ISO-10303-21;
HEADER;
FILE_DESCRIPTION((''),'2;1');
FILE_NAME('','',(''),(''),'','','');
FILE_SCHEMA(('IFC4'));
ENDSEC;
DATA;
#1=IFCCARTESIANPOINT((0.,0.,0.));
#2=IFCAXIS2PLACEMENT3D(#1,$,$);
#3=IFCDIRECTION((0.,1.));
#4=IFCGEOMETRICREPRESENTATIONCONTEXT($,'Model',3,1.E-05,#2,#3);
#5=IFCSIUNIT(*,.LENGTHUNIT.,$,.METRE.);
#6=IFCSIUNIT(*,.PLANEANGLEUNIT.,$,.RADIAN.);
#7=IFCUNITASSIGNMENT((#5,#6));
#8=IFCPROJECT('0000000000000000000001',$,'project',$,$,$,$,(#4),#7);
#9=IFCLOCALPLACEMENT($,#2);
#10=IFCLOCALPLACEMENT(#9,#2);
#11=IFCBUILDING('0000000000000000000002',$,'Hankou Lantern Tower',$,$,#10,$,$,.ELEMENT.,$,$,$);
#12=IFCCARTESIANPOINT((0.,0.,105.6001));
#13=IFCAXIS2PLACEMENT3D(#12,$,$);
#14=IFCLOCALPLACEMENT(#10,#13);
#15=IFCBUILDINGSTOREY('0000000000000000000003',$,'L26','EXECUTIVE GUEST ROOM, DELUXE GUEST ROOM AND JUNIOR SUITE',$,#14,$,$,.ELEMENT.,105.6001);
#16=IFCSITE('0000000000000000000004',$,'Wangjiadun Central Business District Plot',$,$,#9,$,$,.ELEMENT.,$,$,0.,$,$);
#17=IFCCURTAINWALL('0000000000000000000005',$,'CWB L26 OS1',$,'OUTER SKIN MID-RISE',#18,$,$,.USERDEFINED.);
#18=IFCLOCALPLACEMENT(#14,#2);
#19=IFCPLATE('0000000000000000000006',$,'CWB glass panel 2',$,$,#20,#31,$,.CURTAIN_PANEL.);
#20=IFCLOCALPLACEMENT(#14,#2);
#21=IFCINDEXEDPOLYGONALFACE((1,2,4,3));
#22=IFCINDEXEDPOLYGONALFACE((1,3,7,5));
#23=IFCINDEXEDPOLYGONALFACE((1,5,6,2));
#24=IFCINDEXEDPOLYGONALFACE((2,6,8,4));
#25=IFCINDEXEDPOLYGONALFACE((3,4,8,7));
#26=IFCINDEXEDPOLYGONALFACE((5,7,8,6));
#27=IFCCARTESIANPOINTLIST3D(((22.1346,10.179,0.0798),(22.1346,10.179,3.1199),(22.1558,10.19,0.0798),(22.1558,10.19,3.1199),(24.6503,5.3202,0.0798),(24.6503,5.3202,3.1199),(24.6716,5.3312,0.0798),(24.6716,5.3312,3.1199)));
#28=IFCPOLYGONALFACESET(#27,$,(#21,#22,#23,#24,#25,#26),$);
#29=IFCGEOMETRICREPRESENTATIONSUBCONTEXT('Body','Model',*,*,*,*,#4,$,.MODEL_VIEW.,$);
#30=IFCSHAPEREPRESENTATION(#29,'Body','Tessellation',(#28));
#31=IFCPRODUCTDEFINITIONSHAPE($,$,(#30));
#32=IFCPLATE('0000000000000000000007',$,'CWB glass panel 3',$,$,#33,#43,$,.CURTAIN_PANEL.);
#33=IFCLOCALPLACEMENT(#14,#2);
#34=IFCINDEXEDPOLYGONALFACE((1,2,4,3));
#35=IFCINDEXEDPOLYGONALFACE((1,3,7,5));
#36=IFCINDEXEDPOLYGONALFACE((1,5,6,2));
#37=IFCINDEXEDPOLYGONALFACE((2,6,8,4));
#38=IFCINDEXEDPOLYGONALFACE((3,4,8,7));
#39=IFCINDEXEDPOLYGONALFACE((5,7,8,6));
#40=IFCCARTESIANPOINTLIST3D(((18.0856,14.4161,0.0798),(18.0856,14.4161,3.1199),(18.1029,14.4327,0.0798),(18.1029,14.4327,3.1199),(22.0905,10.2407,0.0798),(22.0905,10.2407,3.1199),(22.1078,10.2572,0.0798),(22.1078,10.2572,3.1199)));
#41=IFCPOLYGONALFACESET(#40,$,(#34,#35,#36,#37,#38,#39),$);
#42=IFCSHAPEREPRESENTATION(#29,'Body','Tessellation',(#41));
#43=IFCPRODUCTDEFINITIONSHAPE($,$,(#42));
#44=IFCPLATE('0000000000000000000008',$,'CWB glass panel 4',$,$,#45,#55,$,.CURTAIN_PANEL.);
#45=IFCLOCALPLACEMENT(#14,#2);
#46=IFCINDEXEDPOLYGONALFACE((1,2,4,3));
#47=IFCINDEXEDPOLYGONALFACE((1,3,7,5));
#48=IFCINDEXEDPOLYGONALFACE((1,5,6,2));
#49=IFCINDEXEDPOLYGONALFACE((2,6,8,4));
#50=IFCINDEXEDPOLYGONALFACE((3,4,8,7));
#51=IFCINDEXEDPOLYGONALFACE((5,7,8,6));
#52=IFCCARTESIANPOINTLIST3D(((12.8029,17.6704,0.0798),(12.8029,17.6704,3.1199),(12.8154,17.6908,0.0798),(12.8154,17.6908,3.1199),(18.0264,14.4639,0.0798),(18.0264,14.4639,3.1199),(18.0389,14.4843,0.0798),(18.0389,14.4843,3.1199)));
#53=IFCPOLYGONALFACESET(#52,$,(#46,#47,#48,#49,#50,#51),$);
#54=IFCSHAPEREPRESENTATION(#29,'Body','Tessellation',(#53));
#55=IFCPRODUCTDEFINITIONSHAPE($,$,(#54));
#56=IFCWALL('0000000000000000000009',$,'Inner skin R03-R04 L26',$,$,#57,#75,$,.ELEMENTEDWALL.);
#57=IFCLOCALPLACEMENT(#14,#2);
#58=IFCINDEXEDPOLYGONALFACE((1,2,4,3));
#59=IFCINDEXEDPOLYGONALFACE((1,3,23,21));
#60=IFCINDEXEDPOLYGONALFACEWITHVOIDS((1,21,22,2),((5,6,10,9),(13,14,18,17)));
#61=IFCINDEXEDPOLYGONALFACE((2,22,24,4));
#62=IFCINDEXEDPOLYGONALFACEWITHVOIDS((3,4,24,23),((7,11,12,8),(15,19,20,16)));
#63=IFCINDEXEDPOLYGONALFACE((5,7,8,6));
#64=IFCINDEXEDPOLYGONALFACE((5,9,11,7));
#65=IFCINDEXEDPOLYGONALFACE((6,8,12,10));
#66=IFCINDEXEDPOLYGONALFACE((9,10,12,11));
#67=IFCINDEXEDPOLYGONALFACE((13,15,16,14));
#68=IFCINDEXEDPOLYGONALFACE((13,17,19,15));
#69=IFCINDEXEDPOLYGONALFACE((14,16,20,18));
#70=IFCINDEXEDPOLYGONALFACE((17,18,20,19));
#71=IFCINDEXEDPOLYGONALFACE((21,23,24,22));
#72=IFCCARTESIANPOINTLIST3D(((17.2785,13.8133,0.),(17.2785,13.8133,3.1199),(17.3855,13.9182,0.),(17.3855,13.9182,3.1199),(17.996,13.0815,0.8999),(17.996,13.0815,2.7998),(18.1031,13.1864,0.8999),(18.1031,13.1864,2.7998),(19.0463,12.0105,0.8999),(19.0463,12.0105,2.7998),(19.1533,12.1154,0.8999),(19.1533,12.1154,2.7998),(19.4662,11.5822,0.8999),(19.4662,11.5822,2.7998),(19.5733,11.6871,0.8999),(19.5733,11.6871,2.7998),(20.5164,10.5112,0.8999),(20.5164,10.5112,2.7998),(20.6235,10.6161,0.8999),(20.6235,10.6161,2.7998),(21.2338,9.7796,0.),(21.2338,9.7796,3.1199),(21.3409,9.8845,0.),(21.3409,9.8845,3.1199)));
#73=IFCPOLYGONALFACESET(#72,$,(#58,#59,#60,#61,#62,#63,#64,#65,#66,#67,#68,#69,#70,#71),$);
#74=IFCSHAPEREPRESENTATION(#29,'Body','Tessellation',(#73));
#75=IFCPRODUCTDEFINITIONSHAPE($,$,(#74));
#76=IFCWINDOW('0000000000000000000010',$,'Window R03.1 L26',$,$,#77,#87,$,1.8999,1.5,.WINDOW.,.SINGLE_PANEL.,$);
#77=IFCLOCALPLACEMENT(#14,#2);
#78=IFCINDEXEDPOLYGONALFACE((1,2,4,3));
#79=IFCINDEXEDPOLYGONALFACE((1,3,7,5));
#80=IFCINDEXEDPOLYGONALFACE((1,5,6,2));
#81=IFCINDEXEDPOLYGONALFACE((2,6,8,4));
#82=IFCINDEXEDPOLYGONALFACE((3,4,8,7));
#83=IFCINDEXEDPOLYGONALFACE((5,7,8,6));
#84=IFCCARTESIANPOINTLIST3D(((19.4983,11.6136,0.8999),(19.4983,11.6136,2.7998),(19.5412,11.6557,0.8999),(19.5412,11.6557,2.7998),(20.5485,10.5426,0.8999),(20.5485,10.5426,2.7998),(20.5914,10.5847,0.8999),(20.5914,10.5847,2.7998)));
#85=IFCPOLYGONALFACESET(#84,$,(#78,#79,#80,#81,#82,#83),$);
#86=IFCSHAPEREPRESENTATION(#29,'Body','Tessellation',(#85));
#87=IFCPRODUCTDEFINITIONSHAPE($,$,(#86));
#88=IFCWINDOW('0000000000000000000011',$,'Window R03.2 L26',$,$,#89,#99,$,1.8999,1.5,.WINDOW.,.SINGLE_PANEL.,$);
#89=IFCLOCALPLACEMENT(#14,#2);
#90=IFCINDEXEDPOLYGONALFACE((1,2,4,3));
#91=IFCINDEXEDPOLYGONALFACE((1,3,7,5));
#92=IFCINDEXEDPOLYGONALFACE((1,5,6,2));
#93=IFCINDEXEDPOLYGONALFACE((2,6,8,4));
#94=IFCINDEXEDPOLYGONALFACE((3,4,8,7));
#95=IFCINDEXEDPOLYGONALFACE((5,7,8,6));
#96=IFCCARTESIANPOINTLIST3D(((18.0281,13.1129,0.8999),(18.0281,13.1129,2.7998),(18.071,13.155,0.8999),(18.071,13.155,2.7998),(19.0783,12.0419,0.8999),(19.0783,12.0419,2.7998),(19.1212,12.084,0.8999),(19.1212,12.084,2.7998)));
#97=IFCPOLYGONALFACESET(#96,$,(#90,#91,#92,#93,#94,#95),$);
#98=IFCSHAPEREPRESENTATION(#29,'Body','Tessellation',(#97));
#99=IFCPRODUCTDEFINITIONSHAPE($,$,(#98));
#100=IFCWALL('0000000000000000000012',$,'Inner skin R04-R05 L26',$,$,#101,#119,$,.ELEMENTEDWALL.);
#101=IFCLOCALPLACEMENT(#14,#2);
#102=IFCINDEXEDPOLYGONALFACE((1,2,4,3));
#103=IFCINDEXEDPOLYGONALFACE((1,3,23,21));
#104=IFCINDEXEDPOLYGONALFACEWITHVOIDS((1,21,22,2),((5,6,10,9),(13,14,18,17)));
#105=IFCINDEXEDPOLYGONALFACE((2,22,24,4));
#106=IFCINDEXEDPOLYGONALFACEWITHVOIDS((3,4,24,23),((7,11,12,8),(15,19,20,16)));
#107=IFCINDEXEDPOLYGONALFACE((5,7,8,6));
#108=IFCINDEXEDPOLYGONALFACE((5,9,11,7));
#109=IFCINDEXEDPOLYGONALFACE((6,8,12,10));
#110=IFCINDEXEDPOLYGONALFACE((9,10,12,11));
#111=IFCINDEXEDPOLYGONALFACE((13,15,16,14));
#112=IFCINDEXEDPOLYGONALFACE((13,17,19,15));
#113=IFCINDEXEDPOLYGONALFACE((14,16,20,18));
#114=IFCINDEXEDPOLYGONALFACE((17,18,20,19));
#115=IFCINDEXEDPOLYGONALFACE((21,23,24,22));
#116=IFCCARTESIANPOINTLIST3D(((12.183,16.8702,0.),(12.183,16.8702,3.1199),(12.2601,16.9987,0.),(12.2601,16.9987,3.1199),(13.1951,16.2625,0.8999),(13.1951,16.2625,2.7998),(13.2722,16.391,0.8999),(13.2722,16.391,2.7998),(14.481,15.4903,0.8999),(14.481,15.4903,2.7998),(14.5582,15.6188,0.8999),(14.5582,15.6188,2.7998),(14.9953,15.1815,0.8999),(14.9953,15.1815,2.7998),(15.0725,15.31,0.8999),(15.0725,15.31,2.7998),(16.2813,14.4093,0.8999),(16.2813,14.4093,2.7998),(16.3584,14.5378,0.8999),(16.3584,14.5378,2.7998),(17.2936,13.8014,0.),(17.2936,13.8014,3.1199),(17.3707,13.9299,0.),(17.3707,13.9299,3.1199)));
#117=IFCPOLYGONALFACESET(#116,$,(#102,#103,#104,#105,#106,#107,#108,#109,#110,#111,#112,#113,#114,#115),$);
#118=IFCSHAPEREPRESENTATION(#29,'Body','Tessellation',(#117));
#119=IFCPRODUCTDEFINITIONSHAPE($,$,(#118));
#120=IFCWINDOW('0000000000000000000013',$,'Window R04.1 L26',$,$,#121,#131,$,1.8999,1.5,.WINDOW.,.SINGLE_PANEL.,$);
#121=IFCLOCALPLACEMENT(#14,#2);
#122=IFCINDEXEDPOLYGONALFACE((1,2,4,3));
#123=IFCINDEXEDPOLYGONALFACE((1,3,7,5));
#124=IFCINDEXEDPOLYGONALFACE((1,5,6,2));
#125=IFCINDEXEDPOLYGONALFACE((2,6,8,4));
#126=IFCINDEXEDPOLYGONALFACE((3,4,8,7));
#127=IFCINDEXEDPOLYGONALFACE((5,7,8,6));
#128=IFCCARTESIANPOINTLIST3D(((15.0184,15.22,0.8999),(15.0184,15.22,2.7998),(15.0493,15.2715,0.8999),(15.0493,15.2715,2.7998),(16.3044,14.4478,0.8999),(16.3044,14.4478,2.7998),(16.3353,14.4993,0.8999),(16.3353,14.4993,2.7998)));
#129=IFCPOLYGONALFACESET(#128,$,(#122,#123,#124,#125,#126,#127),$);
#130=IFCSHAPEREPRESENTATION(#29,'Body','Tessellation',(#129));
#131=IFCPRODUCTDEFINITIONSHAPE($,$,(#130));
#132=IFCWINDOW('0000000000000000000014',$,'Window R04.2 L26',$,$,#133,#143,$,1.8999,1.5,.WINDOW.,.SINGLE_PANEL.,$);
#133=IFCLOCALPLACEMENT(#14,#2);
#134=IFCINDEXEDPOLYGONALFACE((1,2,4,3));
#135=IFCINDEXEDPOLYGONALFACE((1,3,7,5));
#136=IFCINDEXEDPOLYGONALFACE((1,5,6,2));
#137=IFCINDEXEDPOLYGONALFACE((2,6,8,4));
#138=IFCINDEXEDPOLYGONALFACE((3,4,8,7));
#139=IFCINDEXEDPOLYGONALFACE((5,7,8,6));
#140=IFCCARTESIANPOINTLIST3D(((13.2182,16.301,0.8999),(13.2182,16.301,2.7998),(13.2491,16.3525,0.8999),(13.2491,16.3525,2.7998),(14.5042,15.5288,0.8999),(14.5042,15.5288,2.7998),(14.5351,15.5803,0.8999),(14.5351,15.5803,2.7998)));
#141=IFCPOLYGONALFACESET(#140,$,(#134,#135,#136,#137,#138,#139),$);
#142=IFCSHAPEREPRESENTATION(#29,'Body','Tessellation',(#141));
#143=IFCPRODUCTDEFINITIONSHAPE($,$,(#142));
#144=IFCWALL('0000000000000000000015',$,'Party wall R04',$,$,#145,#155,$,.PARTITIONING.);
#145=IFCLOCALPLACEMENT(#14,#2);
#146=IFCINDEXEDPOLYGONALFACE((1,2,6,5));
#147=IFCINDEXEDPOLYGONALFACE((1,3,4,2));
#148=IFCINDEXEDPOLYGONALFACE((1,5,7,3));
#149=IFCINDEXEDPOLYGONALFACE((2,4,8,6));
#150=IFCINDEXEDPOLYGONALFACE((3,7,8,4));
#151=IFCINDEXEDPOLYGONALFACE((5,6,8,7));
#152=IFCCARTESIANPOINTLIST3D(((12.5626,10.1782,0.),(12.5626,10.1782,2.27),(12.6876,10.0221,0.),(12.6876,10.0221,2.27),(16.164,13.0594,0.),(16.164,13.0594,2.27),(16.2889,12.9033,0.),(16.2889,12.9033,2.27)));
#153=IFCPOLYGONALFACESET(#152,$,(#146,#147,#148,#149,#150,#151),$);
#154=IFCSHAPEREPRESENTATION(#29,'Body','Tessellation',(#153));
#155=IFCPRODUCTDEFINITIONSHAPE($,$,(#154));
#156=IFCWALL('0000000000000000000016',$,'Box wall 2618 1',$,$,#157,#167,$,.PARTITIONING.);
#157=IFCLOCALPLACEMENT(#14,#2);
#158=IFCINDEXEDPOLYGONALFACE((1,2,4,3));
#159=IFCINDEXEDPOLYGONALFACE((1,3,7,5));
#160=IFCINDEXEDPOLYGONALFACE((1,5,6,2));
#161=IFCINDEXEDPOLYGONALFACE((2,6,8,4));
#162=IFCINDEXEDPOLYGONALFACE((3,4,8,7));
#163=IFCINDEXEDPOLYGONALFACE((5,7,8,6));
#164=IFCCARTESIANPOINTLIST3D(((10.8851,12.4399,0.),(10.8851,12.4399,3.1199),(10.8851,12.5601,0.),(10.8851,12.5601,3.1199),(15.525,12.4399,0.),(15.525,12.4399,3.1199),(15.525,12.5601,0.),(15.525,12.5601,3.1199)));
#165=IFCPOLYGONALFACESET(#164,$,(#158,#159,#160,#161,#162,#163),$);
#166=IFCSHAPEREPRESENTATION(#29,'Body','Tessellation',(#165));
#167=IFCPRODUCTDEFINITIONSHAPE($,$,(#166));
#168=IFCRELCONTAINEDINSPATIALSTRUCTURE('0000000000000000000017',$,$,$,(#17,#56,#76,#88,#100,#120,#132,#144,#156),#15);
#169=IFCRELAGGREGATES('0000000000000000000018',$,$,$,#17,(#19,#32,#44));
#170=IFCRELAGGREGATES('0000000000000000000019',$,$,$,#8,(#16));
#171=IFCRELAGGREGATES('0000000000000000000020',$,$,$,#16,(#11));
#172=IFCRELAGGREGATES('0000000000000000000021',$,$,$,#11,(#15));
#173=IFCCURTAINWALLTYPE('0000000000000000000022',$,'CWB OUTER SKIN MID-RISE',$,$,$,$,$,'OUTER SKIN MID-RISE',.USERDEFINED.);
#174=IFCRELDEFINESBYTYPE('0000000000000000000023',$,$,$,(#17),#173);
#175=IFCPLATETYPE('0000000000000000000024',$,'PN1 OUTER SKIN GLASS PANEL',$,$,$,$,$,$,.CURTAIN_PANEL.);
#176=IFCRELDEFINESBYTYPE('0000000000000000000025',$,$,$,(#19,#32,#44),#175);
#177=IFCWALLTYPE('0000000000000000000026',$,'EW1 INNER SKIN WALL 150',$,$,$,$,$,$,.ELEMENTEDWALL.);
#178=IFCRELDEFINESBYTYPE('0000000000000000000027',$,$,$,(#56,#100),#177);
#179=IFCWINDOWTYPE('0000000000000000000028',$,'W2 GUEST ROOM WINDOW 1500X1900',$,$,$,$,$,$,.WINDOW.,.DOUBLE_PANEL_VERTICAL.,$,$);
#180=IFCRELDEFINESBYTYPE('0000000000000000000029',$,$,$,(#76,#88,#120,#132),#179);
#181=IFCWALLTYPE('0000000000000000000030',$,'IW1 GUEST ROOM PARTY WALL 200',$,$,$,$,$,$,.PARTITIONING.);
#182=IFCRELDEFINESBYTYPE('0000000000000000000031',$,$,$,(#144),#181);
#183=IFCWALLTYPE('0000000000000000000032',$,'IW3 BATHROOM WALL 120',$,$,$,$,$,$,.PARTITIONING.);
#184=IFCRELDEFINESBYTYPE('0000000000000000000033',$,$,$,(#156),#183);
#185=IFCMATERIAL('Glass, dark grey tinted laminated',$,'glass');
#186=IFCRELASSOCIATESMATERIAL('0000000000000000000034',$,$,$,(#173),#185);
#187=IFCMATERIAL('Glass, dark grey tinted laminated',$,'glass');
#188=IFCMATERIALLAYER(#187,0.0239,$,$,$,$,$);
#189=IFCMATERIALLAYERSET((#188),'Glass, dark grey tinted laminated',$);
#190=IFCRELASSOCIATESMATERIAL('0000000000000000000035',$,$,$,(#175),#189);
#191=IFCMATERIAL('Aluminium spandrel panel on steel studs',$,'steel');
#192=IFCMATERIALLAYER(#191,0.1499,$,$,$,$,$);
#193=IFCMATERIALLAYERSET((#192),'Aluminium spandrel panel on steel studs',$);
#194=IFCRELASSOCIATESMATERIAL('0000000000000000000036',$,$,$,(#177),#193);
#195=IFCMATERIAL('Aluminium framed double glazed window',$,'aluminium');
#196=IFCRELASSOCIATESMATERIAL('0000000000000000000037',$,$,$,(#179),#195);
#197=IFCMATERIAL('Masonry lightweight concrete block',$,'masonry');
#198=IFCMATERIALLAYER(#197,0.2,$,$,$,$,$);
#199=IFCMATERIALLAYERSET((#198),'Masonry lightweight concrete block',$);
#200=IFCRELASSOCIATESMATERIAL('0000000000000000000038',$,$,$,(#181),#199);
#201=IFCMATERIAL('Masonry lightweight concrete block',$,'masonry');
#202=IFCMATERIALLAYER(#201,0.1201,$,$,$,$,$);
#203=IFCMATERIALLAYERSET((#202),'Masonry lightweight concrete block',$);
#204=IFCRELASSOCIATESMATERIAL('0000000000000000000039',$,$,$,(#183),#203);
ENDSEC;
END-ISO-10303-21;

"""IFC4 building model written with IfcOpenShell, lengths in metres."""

from ifc_helpers import new_model, si_unit, direction, frame, frame_2d, origin, origin_2d, place, context, subcontext, project, spatial, rectangle, extrude, material, layer, layer_set, type_object, element, fill, aggregate, save


model = new_model("IFC4")

# Units and contexts
model_context = context("Model", 3, precision=1e-05, world=origin(), true_north=direction((0.0, 1.0)))
body_context = subcontext(model_context, "Body", "Model", "MODEL_VIEW")
ifc_project = project(units=[si_unit("LENGTHUNIT", "METRE"), si_unit("PLANEANGLEUNIT", "RADIAN")], contexts=[model_context])

# Site, building, storey
site_placement = place(None, origin())
site = spatial("IfcSite", under=ifc_project, at=site_placement, Name="Wangjiadun Central Business District Plot", CompositionType="ELEMENT", RefElevation=0.0)
building_placement = place(site_placement, origin())
building = spatial("IfcBuilding", under=site, at=building_placement, Name="Hankou Lantern Tower", CompositionType="ELEMENT")
storey_placement = place(building_placement, frame((0.0, 0.0, 105.6001)))
storey = spatial("IfcBuildingStorey", under=building, at=storey_placement, Name="L26", Description="EXECUTIVE GUEST ROOM, DELUXE GUEST ROOM AND JUNIOR SUITE", CompositionType="ELEMENT", Elevation=105.6001)

# Curtain wall
ifc_material_1 = material(Name="Glass, dark grey tinted laminated", Category="glass")
curtain_wall_type = type_object("IfcCurtainWallType", Name="CWB OUTER SKIN MID-RISE", ElementType="OUTER SKIN MID-RISE", PredefinedType="USERDEFINED", material=ifc_material_1)
curtain_wall_placement = place(storey_placement, origin())
curtain_wall = element("IfcCurtainWall", 1, at=curtain_wall_placement, inside=storey, type_object=curtain_wall_type, Name="CWB L26 OS1", ObjectType="OUTER SKIN MID-RISE", PredefinedType="USERDEFINED")

# Plates
ifc_material_2 = material(Name="Glass, dark grey tinted laminated", Category="glass")
ifc_layer_1 = layer(ifc_material_2, 0.0239)
ifc_layer_set_1 = layer_set([ifc_layer_1], Name="Glass, dark grey tinted laminated")
plate_type = type_object("IfcPlateType", Name="PN1 OUTER SKIN GLASS PANEL", PredefinedType="CURTAIN_PANEL", material=ifc_layer_set_1)
plate_1_placement = place(storey_placement, frame((23.4031, 7.7551, 0.0798), z_axis=(0.0, 0.0, 1.0), x_axis=(-0.459791, 0.888027, 0.0)))
plate_1 = element("IfcPlate", 2, at=plate_1_placement, type_object=plate_type, Name="CWB glass panel 2", PredefinedType="CURTAIN_PANEL", context=body_context, shape_type="SweptSolid", body=[
    extrude(rectangle(XDim=5.4714, YDim=0.0239, at=origin_2d()), origin(), (0.0, 0.0, 1.0), 3.04),
])
plate_2_placement = place(storey_placement, frame((20.0967, 12.3367, 0.0798), z_axis=(0.0, 0.0, 1.0), x_axis=(-0.692216, 0.721691, 0.0)))
plate_2 = element("IfcPlate", 3, at=plate_2_placement, type_object=plate_type, Name="CWB glass panel 3", PredefinedType="CURTAIN_PANEL", context=body_context, shape_type="SweptSolid", body=[
    extrude(rectangle(XDim=5.7856, YDim=0.0239, at=origin_2d()), origin(), (0.0, 0.0, 1.0), 3.04),
])
plate_3_placement = place(storey_placement, frame((15.4209, 16.0774, 0.0798), z_axis=(0.0, 0.0, 1.0), x_axis=(-0.852237, 0.523156, 0.0)))
plate_3 = element("IfcPlate", 4, at=plate_3_placement, type_object=plate_type, Name="CWB glass panel 4", PredefinedType="CURTAIN_PANEL", context=body_context, shape_type="SweptSolid", body=[
    extrude(rectangle(XDim=6.1292, YDim=0.0239, at=origin_2d()), origin(), (0.0, 0.0, 1.0), 3.04),
])
aggregate(curtain_wall, [plate_1, plate_2, plate_3])

# Walls, openings, windows
ifc_material_3 = material(Name="Aluminium spandrel panel on steel studs", Category="steel")
ifc_layer_2 = layer(ifc_material_3, 0.1499)
ifc_layer_set_2 = layer_set([ifc_layer_2], Name="Aluminium spandrel panel on steel studs")
wall_type_1 = type_object("IfcWallType", Name="EW1 INNER SKIN WALL 150", PredefinedType="ELEMENTEDWALL", material=ifc_layer_set_2)
wall_1_placement = place(storey_placement, frame((21.2874, 9.832, 0.0), z_axis=(0.0, 0.0, 1.0), x_axis=(-0.700137, 0.714009, 0.0)))
wall_1 = element("IfcWall", 5, at=wall_1_placement, inside=storey, type_object=wall_type_1, Name="Inner skin R03-R04 L26", PredefinedType="ELEMENTEDWALL", context=body_context, shape_type="SweptSolid", body=[
    extrude(rectangle(XDim=5.6494, YDim=0.1499, at=frame_2d((2.8247, 0.0))), origin(), (0.0, 0.0, 1.0), 3.1199),
])
opening_1_placement = place(wall_1_placement, frame((1.0247, 0.0, 0.8999)))
opening_1 = element("IfcOpeningElement", 6, at=opening_1_placement, cuts=wall_1, PredefinedType="OPENING", context=body_context, shape_type="SweptSolid", body=[
    extrude(rectangle(XDim=1.5, YDim=1.8999, at=frame_2d((0.75, 0.95))), frame((0.0, 0.085, 0.0), z_axis=(0.0, -1.0, 0.0), x_axis=(1.0, 0.0, 0.0)), (0.0, 0.0, 1.0), 0.1699),
])
opening_2_placement = place(wall_1_placement, frame((3.1245, 0.0, 0.8999)))
opening_2 = element("IfcOpeningElement", 7, at=opening_2_placement, cuts=wall_1, PredefinedType="OPENING", context=body_context, shape_type="SweptSolid", body=[
    extrude(rectangle(XDim=1.5, YDim=1.8999, at=frame_2d((0.75, 0.95))), frame((0.0, 0.085, 0.0), z_axis=(0.0, -1.0, 0.0), x_axis=(1.0, 0.0, 0.0)), (0.0, 0.0, 1.0), 0.1699),
])
ifc_material_4 = material(Name="Aluminium framed double glazed window", Category="aluminium")
window_type = type_object("IfcWindowType", Name="W2 GUEST ROOM WINDOW 1500X1900", PartitioningType="DOUBLE_PANEL_VERTICAL", PredefinedType="WINDOW", material=ifc_material_4)
window_1_placement = place(opening_1_placement, origin())
window_1 = element("IfcWindow", 8, at=window_1_placement, inside=storey, type_object=window_type, Name="Window R03.1 L26", OverallHeight=1.8999, OverallWidth=1.5, PartitioningType="SINGLE_PANEL", PredefinedType="WINDOW", context=body_context, shape_type="SweptSolid", body=[
    extrude(rectangle(XDim=1.5, YDim=1.8999, at=frame_2d((0.75, 0.95))), frame((0.0, 0.03, 0.0), z_axis=(0.0, -1.0, 0.0), x_axis=(1.0, 0.0, 0.0)), (0.0, 0.0, 1.0), 0.0601),
])
fill(opening_1, window_1)
window_2_placement = place(opening_2_placement, origin())
window_2 = element("IfcWindow", 9, at=window_2_placement, inside=storey, type_object=window_type, Name="Window R03.2 L26", OverallHeight=1.8999, OverallWidth=1.5, PartitioningType="SINGLE_PANEL", PredefinedType="WINDOW", context=body_context, shape_type="SweptSolid", body=[
    extrude(rectangle(XDim=1.5, YDim=1.8999, at=frame_2d((0.75, 0.95))), frame((0.0, 0.03, 0.0), z_axis=(0.0, -1.0, 0.0), x_axis=(1.0, 0.0, 0.0)), (0.0, 0.0, 1.0), 0.0601),
])
fill(opening_2, window_2)
wall_2_placement = place(storey_placement, frame((17.332, 13.8657, 0.0), z_axis=(0.0, 0.0, 1.0), x_axis=(-0.857309, 0.514803, 0.0)))
wall_2 = element("IfcWall", 10, at=wall_2_placement, inside=storey, type_object=wall_type_1, Name="Inner skin R04-R05 L26", PredefinedType="ELEMENTEDWALL", context=body_context, shape_type="SweptSolid", body=[
    extrude(rectangle(XDim=5.9612, YDim=0.1499, at=frame_2d((2.9805, 0.0))), origin(), (0.0, 0.0, 1.0), 3.1199),
])
opening_3_placement = place(wall_2_placement, frame((1.1807, 0.0, 0.8999)))
opening_3 = element("IfcOpeningElement", 11, at=opening_3_placement, cuts=wall_2, PredefinedType="OPENING", context=body_context, shape_type="SweptSolid", body=[
    extrude(rectangle(XDim=1.5, YDim=1.8999, at=frame_2d((0.75, 0.95))), frame((0.0, 0.085, 0.0), z_axis=(0.0, -1.0, 0.0), x_axis=(1.0, 0.0, 0.0)), (0.0, 0.0, 1.0), 0.1699),
])
opening_4_placement = place(wall_2_placement, frame((3.2805, 0.0, 0.8999)))
opening_4 = element("IfcOpeningElement", 12, at=opening_4_placement, cuts=wall_2, PredefinedType="OPENING", context=body_context, shape_type="SweptSolid", body=[
    extrude(rectangle(XDim=1.5, YDim=1.8999, at=frame_2d((0.75, 0.95))), frame((0.0, 0.085, 0.0), z_axis=(0.0, -1.0, 0.0), x_axis=(1.0, 0.0, 0.0)), (0.0, 0.0, 1.0), 0.1699),
])
window_3_placement = place(opening_3_placement, origin())
window_3 = element("IfcWindow", 13, at=window_3_placement, inside=storey, type_object=window_type, Name="Window R04.1 L26", OverallHeight=1.8999, OverallWidth=1.5, PartitioningType="SINGLE_PANEL", PredefinedType="WINDOW", context=body_context, shape_type="SweptSolid", body=[
    extrude(rectangle(XDim=1.5, YDim=1.8999, at=frame_2d((0.75, 0.95))), frame((0.0, 0.03, 0.0), z_axis=(0.0, -1.0, 0.0), x_axis=(1.0, 0.0, 0.0)), (0.0, 0.0, 1.0), 0.0601),
])
fill(opening_3, window_3)
window_4_placement = place(opening_4_placement, origin())
window_4 = element("IfcWindow", 14, at=window_4_placement, inside=storey, type_object=window_type, Name="Window R04.2 L26", OverallHeight=1.8999, OverallWidth=1.5, PartitioningType="SINGLE_PANEL", PredefinedType="WINDOW", context=body_context, shape_type="SweptSolid", body=[
    extrude(rectangle(XDim=1.5, YDim=1.8999, at=frame_2d((0.75, 0.95))), frame((0.0, 0.03, 0.0), z_axis=(0.0, -1.0, 0.0), x_axis=(1.0, 0.0, 0.0)), (0.0, 0.0, 1.0), 0.0601),
])
fill(opening_4, window_4)

# Walls
ifc_material_5 = material(Name="Masonry lightweight concrete block", Category="masonry")
ifc_layer_3 = layer(ifc_material_5, 0.2)
ifc_layer_set_3 = layer_set([ifc_layer_3], Name="Masonry lightweight concrete block")
wall_type_2 = type_object("IfcWallType", Name="IW1 GUEST ROOM PARTY WALL 200", PredefinedType="PARTITIONING", material=ifc_layer_set_3)
wall_3_placement = place(storey_placement, frame((12.625, 10.1001, 0.0), z_axis=(0.0, 0.0, 1.0), x_axis=(0.780864, 0.624702, 0.0)))
element("IfcWall", 15, at=wall_3_placement, inside=storey, type_object=wall_type_2, Name="Party wall R04", PredefinedType="PARTITIONING", context=body_context, shape_type="SweptSolid", body=[
    extrude(rectangle(XDim=4.6121, YDim=0.2, at=frame_2d((2.3062, 0.0))), origin(), (0.0, 0.0, 1.0), 2.27),
])
ifc_material_6 = material(Name="Masonry lightweight concrete block", Category="masonry")
ifc_layer_4 = layer(ifc_material_6, 0.1201)
ifc_layer_set_4 = layer_set([ifc_layer_4], Name="Masonry lightweight concrete block")
wall_type_3 = type_object("IfcWallType", Name="IW3 BATHROOM WALL 120", PredefinedType="PARTITIONING", material=ifc_layer_set_4)
wall_4_placement = place(storey_placement, frame((15.5249, 12.5, 0.0), z_axis=(0.0, 0.0, 1.0), x_axis=(-1.0, 0.0, 0.0)))
element("IfcWall", 16, at=wall_4_placement, inside=storey, type_object=wall_type_3, Name="Box wall 2618 1", PredefinedType="PARTITIONING", context=body_context, shape_type="SweptSolid", body=[
    extrude(rectangle(XDim=4.6399, YDim=0.1201, at=frame_2d((2.3198, 0.0))), origin(), (0.0, 0.0, 1.0), 3.1199),
])

save(model, "model.ifc")
